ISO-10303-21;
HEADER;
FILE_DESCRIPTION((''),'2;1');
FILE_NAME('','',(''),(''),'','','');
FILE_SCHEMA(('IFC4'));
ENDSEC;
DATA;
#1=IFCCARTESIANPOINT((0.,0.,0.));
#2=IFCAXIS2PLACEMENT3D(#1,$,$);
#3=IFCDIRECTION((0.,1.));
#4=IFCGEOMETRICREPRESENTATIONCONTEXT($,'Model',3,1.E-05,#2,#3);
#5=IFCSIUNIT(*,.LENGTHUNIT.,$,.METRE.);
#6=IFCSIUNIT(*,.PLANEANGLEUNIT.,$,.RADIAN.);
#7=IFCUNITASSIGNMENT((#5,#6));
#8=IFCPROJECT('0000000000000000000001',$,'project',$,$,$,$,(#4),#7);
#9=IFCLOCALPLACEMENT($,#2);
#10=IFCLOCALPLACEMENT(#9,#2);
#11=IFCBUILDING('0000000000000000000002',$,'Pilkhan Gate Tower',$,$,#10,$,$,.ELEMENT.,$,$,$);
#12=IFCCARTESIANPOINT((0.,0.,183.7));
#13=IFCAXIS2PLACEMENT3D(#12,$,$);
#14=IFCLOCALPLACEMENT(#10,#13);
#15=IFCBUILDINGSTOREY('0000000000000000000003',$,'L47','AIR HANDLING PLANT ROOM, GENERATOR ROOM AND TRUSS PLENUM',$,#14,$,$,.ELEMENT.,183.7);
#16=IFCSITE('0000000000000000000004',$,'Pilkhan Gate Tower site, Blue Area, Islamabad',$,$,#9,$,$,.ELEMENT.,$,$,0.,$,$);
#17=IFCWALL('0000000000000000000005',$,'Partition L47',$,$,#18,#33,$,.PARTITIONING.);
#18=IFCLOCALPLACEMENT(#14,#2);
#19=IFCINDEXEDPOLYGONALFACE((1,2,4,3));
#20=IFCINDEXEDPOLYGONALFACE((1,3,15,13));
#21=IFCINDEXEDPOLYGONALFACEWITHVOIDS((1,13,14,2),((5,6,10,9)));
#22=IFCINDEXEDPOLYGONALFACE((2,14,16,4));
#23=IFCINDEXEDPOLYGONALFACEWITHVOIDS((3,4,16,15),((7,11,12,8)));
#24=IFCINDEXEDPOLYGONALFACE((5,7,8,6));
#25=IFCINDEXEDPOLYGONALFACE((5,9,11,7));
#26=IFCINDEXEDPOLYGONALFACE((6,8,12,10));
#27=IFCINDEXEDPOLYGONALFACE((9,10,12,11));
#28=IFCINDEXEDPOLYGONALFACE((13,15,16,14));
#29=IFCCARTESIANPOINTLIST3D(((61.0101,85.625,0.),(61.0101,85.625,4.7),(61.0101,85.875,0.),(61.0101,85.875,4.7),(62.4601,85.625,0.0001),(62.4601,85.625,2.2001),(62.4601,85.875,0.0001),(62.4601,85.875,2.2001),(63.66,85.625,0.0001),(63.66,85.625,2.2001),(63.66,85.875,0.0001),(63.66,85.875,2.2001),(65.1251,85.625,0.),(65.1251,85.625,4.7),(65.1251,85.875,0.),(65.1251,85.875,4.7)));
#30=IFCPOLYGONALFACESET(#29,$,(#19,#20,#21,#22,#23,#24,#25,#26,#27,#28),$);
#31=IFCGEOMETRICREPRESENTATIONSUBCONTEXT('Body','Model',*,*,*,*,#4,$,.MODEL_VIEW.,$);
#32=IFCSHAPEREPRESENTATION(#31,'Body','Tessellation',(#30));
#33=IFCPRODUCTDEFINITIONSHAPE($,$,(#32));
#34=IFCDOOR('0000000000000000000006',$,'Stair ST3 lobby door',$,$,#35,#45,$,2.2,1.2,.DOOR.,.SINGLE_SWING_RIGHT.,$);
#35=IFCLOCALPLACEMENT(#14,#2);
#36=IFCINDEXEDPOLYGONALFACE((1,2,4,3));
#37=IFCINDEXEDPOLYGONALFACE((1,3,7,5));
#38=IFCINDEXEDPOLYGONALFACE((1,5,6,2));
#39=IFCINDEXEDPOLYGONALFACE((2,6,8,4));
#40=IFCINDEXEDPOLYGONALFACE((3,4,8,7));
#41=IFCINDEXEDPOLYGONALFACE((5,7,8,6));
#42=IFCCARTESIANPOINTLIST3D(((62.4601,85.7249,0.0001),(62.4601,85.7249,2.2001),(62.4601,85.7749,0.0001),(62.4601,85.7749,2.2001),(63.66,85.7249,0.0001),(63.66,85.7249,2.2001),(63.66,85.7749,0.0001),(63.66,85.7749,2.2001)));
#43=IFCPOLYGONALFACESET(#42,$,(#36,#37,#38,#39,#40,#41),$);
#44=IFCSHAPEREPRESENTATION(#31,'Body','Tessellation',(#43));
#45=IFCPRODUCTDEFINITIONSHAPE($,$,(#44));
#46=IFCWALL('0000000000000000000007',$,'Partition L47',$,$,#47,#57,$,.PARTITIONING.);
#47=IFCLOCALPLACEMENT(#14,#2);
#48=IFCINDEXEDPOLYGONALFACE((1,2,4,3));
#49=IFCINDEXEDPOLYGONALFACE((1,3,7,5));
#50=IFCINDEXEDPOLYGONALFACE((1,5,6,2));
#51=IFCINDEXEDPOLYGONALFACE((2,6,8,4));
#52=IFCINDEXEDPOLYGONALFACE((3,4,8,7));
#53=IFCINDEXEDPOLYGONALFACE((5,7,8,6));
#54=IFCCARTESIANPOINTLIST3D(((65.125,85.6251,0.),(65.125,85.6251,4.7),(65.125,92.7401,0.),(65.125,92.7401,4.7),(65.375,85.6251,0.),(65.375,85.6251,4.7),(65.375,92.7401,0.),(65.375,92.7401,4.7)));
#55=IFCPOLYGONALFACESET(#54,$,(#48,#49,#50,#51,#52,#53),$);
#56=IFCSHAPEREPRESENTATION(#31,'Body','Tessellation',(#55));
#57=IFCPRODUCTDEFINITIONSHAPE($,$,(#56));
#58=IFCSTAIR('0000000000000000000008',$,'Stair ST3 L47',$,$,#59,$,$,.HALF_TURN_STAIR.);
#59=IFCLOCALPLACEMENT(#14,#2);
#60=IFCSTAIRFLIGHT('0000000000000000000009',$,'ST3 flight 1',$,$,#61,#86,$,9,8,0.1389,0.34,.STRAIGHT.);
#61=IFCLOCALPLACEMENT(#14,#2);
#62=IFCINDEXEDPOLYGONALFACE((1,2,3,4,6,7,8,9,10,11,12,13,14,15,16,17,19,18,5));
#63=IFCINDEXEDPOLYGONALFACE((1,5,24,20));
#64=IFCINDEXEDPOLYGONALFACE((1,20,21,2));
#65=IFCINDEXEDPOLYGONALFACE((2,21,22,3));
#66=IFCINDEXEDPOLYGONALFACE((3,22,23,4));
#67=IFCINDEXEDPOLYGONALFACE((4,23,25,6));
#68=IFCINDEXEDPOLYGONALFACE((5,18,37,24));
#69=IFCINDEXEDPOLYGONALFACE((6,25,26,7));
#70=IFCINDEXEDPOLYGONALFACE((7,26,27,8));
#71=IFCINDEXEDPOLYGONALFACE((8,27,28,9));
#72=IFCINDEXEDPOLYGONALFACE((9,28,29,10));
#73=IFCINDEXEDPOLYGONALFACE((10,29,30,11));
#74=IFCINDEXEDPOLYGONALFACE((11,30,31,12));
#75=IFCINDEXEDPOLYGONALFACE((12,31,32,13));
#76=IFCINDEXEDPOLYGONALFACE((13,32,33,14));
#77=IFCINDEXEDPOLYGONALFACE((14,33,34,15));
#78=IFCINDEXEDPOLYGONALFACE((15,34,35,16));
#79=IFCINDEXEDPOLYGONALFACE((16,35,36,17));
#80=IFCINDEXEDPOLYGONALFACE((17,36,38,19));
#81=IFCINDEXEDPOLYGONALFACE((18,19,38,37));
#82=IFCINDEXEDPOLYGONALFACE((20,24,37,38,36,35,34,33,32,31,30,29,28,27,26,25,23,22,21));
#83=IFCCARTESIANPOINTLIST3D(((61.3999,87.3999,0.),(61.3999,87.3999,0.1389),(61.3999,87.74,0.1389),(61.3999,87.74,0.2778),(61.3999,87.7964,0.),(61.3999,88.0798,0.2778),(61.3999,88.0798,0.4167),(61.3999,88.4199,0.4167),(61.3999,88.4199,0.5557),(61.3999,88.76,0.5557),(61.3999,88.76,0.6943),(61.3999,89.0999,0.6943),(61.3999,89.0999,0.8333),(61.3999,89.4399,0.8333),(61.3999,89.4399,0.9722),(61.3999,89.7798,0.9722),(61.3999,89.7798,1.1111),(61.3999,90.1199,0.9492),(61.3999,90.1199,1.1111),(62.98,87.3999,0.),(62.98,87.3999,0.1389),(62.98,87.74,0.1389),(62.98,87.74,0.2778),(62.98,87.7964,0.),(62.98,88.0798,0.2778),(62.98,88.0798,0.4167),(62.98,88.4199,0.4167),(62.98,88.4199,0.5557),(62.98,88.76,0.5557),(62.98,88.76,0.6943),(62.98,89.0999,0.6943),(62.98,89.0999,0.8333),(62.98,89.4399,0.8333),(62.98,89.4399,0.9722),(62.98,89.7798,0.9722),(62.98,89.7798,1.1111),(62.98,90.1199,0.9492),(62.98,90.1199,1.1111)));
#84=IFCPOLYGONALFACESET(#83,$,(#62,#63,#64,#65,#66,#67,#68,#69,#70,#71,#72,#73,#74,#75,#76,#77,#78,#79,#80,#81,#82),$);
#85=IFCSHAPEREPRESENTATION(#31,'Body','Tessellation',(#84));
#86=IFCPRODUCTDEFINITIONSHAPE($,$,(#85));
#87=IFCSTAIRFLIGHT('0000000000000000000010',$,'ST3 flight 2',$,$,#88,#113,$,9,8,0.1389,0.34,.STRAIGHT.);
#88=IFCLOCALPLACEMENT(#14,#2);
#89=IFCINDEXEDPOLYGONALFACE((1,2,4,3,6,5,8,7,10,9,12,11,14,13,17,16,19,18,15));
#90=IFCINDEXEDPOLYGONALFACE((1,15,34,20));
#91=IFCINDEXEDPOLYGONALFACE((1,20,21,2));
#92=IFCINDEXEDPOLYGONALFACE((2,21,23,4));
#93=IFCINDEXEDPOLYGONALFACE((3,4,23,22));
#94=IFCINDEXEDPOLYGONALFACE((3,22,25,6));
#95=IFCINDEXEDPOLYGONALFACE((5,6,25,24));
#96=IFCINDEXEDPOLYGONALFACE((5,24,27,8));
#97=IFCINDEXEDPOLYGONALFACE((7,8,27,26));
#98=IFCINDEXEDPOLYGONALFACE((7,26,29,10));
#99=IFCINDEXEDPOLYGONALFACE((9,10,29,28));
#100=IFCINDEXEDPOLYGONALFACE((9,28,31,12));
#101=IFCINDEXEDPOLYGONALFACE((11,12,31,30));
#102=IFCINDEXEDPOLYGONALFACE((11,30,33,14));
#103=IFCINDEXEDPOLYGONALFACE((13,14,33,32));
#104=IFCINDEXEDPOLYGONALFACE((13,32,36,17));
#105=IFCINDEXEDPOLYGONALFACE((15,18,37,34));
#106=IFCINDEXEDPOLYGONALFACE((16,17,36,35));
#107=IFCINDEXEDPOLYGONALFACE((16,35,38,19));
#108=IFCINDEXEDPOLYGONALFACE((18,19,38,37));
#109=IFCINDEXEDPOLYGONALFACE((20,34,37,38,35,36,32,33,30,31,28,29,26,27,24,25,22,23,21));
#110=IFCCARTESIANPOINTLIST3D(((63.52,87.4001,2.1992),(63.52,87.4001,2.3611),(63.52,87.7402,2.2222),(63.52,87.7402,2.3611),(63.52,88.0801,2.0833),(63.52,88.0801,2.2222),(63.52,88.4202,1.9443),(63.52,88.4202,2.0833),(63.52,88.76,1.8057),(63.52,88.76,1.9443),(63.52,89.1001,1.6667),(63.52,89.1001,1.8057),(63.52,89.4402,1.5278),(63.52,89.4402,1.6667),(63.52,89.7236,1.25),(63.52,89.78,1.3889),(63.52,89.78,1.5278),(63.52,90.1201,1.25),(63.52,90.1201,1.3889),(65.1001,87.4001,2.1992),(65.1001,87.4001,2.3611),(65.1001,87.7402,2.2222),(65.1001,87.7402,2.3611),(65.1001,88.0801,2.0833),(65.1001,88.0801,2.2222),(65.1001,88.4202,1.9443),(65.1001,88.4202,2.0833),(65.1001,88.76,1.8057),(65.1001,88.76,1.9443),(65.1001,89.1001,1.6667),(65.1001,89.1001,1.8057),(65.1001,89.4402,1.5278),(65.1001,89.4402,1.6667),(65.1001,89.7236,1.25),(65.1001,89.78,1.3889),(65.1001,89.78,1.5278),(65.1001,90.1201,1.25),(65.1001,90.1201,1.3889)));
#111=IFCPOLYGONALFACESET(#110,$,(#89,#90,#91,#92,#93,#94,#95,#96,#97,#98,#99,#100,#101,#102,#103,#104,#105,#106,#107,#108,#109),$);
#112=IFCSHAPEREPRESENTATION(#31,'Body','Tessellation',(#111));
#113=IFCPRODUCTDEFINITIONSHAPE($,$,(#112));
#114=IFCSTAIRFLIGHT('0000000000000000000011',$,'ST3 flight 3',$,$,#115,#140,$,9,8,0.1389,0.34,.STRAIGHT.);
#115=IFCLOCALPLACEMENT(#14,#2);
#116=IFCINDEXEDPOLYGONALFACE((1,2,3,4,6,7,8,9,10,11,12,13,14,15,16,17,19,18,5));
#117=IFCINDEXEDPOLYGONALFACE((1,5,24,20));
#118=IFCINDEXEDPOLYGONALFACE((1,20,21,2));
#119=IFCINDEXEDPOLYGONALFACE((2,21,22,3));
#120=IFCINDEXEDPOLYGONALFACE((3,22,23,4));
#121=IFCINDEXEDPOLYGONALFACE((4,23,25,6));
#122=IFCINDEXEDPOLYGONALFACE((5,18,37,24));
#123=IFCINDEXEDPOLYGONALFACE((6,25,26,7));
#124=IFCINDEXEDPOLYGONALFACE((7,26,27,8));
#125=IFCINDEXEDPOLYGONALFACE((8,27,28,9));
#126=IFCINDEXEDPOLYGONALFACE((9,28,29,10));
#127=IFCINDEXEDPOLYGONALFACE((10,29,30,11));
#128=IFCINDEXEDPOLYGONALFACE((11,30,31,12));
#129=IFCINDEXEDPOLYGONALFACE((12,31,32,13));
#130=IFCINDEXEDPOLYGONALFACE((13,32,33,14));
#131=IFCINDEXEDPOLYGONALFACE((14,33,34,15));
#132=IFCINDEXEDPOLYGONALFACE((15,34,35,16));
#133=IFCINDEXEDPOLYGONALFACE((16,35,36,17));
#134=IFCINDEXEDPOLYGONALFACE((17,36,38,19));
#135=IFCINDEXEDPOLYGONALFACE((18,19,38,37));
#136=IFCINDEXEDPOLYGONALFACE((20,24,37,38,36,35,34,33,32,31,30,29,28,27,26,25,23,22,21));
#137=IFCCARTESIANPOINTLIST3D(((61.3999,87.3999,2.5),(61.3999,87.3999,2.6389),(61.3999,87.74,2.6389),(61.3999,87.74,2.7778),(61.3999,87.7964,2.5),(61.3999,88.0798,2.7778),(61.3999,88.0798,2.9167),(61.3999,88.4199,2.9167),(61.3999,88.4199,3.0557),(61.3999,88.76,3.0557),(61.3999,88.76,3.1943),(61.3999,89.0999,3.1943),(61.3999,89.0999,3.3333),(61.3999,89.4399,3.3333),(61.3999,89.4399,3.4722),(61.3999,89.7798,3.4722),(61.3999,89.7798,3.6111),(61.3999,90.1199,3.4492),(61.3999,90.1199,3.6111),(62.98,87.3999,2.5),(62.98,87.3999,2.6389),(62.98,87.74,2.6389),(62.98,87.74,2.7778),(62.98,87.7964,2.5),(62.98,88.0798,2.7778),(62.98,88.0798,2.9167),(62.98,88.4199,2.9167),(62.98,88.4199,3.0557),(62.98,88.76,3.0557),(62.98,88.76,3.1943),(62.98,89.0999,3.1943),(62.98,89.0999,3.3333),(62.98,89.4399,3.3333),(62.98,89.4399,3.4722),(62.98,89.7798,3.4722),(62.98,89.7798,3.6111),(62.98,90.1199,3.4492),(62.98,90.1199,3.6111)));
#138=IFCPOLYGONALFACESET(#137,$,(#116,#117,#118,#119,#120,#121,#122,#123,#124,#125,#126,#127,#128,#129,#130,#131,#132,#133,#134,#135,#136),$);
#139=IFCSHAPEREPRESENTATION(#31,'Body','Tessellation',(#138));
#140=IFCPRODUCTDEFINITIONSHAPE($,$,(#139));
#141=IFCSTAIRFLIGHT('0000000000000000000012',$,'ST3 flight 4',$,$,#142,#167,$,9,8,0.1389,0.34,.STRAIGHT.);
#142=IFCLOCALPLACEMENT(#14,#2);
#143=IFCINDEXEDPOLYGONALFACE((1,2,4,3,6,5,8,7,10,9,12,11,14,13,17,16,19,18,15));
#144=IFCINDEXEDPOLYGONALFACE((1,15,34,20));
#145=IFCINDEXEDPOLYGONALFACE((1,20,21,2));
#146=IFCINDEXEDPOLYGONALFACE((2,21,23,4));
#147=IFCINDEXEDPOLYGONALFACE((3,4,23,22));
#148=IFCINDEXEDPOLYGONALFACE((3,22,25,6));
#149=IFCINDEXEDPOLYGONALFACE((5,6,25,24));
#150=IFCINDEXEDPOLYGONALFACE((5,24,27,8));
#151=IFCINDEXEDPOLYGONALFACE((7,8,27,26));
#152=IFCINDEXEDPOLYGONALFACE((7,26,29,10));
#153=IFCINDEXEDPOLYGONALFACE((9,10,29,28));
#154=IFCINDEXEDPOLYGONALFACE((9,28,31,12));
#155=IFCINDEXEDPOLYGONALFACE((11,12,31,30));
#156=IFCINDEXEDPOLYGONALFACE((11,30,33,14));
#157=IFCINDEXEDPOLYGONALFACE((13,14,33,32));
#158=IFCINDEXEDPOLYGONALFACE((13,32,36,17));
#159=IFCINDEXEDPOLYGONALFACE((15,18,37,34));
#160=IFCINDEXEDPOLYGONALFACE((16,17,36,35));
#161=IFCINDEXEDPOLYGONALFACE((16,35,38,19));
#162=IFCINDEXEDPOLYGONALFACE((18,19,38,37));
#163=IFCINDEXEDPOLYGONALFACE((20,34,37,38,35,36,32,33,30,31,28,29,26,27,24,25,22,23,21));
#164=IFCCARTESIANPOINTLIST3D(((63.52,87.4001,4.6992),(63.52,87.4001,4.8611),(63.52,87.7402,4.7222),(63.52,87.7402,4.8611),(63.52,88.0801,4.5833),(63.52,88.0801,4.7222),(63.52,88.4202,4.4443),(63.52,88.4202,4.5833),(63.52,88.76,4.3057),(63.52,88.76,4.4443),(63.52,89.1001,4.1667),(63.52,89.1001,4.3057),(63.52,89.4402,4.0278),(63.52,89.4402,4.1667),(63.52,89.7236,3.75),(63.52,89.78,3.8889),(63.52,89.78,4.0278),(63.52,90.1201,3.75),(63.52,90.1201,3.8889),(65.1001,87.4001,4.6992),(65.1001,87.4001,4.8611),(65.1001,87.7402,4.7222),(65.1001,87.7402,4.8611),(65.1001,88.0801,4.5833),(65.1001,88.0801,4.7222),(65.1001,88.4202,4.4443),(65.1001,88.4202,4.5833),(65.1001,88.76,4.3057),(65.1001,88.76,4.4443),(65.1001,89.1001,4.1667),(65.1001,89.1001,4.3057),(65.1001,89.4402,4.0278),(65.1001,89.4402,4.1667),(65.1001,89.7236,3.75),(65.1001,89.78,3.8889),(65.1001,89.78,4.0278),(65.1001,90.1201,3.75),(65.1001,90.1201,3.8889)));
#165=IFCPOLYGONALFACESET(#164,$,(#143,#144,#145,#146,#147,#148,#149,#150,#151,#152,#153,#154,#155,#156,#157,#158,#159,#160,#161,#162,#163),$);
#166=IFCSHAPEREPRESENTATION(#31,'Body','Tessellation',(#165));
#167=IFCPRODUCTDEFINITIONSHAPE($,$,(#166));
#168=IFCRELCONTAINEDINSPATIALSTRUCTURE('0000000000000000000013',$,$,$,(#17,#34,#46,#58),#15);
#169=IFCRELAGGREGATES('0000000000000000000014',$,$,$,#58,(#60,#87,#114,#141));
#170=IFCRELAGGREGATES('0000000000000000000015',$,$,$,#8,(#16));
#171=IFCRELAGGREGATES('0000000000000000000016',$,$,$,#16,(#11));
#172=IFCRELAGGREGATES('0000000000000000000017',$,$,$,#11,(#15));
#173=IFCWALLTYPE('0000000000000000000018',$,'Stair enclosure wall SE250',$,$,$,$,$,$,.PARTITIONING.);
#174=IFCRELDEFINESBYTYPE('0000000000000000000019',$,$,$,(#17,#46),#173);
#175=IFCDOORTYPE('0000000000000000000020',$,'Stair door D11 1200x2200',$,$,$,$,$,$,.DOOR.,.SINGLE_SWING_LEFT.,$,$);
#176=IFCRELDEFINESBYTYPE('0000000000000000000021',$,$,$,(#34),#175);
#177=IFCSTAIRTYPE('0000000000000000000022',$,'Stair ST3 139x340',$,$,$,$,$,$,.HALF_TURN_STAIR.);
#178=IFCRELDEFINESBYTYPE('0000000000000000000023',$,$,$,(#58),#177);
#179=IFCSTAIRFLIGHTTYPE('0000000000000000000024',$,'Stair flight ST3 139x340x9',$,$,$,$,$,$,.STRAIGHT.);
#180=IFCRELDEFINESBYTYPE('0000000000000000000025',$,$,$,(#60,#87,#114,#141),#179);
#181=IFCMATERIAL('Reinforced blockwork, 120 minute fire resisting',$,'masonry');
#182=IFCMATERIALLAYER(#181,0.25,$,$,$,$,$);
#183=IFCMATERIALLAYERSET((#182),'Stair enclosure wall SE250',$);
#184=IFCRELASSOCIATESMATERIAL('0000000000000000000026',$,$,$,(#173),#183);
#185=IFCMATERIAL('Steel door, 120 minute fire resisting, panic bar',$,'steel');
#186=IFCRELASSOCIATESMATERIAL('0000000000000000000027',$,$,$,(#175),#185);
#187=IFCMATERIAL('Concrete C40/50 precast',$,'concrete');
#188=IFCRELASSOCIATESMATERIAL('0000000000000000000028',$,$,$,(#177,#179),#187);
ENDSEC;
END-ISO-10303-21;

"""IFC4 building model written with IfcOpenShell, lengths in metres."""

from ifc_helpers import new_model, si_unit, direction, frame, frame_2d, origin, place, context, subcontext, project, spatial, polyline, rectangle, outline, extrude, material, layer, layer_set, type_object, element, fill, aggregate, save


model = new_model("IFC4")

# Units and contexts
model_context = context("Model", 3, precision=1e-05, world=origin(), true_north=direction((0.0, 1.0)))
body_context = subcontext(model_context, "Body", "Model", "MODEL_VIEW")
ifc_project = project(units=[si_unit("LENGTHUNIT", "METRE"), si_unit("PLANEANGLEUNIT", "RADIAN")], contexts=[model_context])

# Site, building, storey
site_placement = place(None, origin())
site = spatial("IfcSite", under=ifc_project, at=site_placement, Name="Pilkhan Gate Tower site, Blue Area, Islamabad", CompositionType="ELEMENT", RefElevation=0.0)
building_placement = place(site_placement, origin())
building = spatial("IfcBuilding", under=site, at=building_placement, Name="Pilkhan Gate Tower", CompositionType="ELEMENT")
storey_placement = place(building_placement, frame((0.0, 0.0, 183.7)))
storey = spatial("IfcBuildingStorey", under=building, at=storey_placement, Name="L47", Description="AIR HANDLING PLANT ROOM, GENERATOR ROOM AND TRUSS PLENUM", CompositionType="ELEMENT", Elevation=183.7)

# Wall, opening, door
ifc_material_1 = material(Name="Reinforced blockwork, 120 minute fire resisting", Category="masonry")
ifc_layer_1 = layer(ifc_material_1, 0.25)
ifc_layer_set_1 = layer_set([ifc_layer_1], Name="Stair enclosure wall SE250")
wall_type_1 = type_object("IfcWallType", Name="Stair enclosure wall SE250", PredefinedType="PARTITIONING", material=ifc_layer_set_1)
wall_1_placement = place(storey_placement, frame((61.01, 85.75, 0.0), z_axis=(0.0, 0.0, 1.0), x_axis=(1.0, 0.0, 0.0)))
wall_1 = element("IfcWall", 1, at=wall_1_placement, inside=storey, type_object=wall_type_1, Name="Partition L47", PredefinedType="PARTITIONING", context=body_context, shape_type="SweptSolid", body=[
    extrude(rectangle(XDim=4.115, YDim=0.25, at=frame_2d((2.0576, 0.0))), origin(), (0.0, 0.0, 1.0), 4.7),
])
opening_1_placement = place(wall_1_placement, frame((1.45, 0.0, 0.0)))
opening_1 = element("IfcOpeningElement", 2, at=opening_1_placement, cuts=wall_1, PredefinedType="OPENING", context=body_context, shape_type="SweptSolid", body=[
    extrude(rectangle(XDim=1.2, YDim=2.2, at=frame_2d((0.6001, 1.1001))), frame((0.0, 0.135, 0.0), z_axis=(0.0, -1.0, 0.0), x_axis=(1.0, 0.0, 0.0)), (0.0, 0.0, 1.0), 0.27),
])
ifc_material_2 = material(Name="Steel door, 120 minute fire resisting, panic bar", Category="steel")
door_type_1 = type_object("IfcDoorType", Name="Stair door D11 1200x2200", OperationType="SINGLE_SWING_LEFT", PredefinedType="DOOR", material=ifc_material_2)
door_1_placement = place(opening_1_placement, origin())
door_1 = element("IfcDoor", 3, at=door_1_placement, inside=storey, type_object=door_type_1, Name="Stair ST3 lobby door", OperationType="SINGLE_SWING_RIGHT", OverallHeight=2.2, OverallWidth=1.2, PredefinedType="DOOR", context=body_context, shape_type="SweptSolid", body=[
    extrude(rectangle(XDim=1.2, YDim=2.2, at=frame_2d((0.6001, 1.1001))), frame((0.0, 0.0249, 0.0), z_axis=(0.0, -1.0, 0.0), x_axis=(1.0, 0.0, 0.0)), (0.0, 0.0, 1.0), 0.05),
])
fill(opening_1, door_1)

# Wall
wall_2_placement = place(storey_placement, frame((65.25, 85.625, 0.0), z_axis=(0.0, 0.0, 1.0), x_axis=(0.0, 1.0, 0.0)))
element("IfcWall", 4, at=wall_2_placement, inside=storey, type_object=wall_type_1, Name="Partition L47", PredefinedType="PARTITIONING", context=body_context, shape_type="SweptSolid", body=[
    extrude(rectangle(XDim=7.115, YDim=0.25, at=frame_2d((3.5576, 0.0))), origin(), (0.0, 0.0, 1.0), 4.7),
])

# Stair, stair flights
ifc_material_3 = material(Name="Concrete C40/50 precast", Category="concrete")
stair_type = type_object("IfcStairType", Name="Stair ST3 139x340", PredefinedType="HALF_TURN_STAIR", material=ifc_material_3)
stair_placement = place(storey_placement, origin())
stair = element("IfcStair", 5, at=stair_placement, inside=storey, type_object=stair_type, Name="Stair ST3 L47", PredefinedType="HALF_TURN_STAIR")
stair_flight_type = type_object("IfcStairFlightType", Name="Stair flight ST3 139x340x9", PredefinedType="STRAIGHT", material=ifc_material_3)
stair_flight_1_placement = place(storey_placement, frame((62.1899, 87.3999, 0.0), z_axis=(0.0, 0.0, 1.0), x_axis=(0.0, 1.0, 0.0)))
stair_flight_1 = element("IfcStairFlight", 6, at=stair_flight_1_placement, type_object=stair_flight_type, Name="ST3 flight 1", NumberOfRisers=9, NumberOfTreads=8, PredefinedType="STRAIGHT", RiserHeight=0.1389, TreadLength=0.34, context=body_context, shape_type="SweptSolid", body=[
    extrude(outline(polyline([(0.0, 0.0), (0.0, 0.1389), (0.3401, 0.1389), (0.3401, 0.2778), (0.6799, 0.2778), (0.6799, 0.4167), (1.02, 0.4167), (1.02, 0.5557), (1.3601, 0.5557), (1.3601, 0.6943), (1.7, 0.6943), (1.7, 0.8333), (2.04, 0.8333), (2.04, 0.9722), (2.3799, 0.9722), (2.3799, 1.1111), (2.72, 1.1111), (2.72, 1.25), (2.72, 0.9492), (0.3965, 0.0), (0.0, 0.0)])), frame((0.0, 0.79, 0.0), z_axis=(0.0, -1.0, 0.0), x_axis=(1.0, 0.0, 0.0)), (0.0, 0.0, 1.0), 1.5801),
])
stair_flight_2_placement = place(storey_placement, frame((64.3101, 90.1201, 1.25), z_axis=(0.0, 0.0, 1.0), x_axis=(0.0, -1.0, 0.0)))
stair_flight_2 = element("IfcStairFlight", 7, at=stair_flight_2_placement, type_object=stair_flight_type, Name="ST3 flight 2", NumberOfRisers=9, NumberOfTreads=8, PredefinedType="STRAIGHT", RiserHeight=0.1389, TreadLength=0.34, context=body_context, shape_type="SweptSolid", body=[
    extrude(outline(polyline([(0.0, 0.0), (0.0, 0.1389), (0.3401, 0.1389), (0.3401, 0.2778), (0.6799, 0.2778), (0.6799, 0.4167), (1.02, 0.4167), (1.02, 0.5557), (1.3601, 0.5557), (1.3601, 0.6943), (1.7, 0.6943), (1.7, 0.8333), (2.04, 0.8333), (2.04, 0.9722), (2.3799, 0.9722), (2.3799, 1.1111), (2.72, 1.1111), (2.72, 1.25), (2.72, 0.9492), (0.3965, 0.0), (0.0, 0.0)])), frame((0.0, 0.79, 0.0), z_axis=(0.0, -1.0, 0.0), x_axis=(1.0, 0.0, 0.0)), (0.0, 0.0, 1.0), 1.5801),
])
stair_flight_3_placement = place(storey_placement, frame((62.1899, 87.3999, 2.5), z_axis=(0.0, 0.0, 1.0), x_axis=(0.0, 1.0, 0.0)))
stair_flight_3 = element("IfcStairFlight", 8, at=stair_flight_3_placement, type_object=stair_flight_type, Name="ST3 flight 3", NumberOfRisers=9, NumberOfTreads=8, PredefinedType="STRAIGHT", RiserHeight=0.1389, TreadLength=0.34, context=body_context, shape_type="SweptSolid", body=[
    extrude(outline(polyline([(0.0, 0.0), (0.0, 0.1389), (0.3401, 0.1389), (0.3401, 0.2778), (0.6799, 0.2778), (0.6799, 0.4167), (1.02, 0.4167), (1.02, 0.5557), (1.3601, 0.5557), (1.3601, 0.6943), (1.7, 0.6943), (1.7, 0.8333), (2.04, 0.8333), (2.04, 0.9722), (2.3799, 0.9722), (2.3799, 1.1111), (2.72, 1.1111), (2.72, 1.25), (2.72, 0.9492), (0.3965, 0.0), (0.0, 0.0)])), frame((0.0, 0.79, 0.0), z_axis=(0.0, -1.0, 0.0), x_axis=(1.0, 0.0, 0.0)), (0.0, 0.0, 1.0), 1.5801),
])
stair_flight_4_placement = place(storey_placement, frame((64.3101, 90.1201, 3.75), z_axis=(0.0, 0.0, 1.0), x_axis=(0.0, -1.0, 0.0)))
stair_flight_4 = element("IfcStairFlight", 9, at=stair_flight_4_placement, type_object=stair_flight_type, Name="ST3 flight 4", NumberOfRisers=9, NumberOfTreads=8, PredefinedType="STRAIGHT", RiserHeight=0.1389, TreadLength=0.34, context=body_context, shape_type="SweptSolid", body=[
    extrude(outline(polyline([(0.0, 0.0), (0.0, 0.1389), (0.3401, 0.1389), (0.3401, 0.2778), (0.6799, 0.2778), (0.6799, 0.4167), (1.02, 0.4167), (1.02, 0.5557), (1.3601, 0.5557), (1.3601, 0.6943), (1.7, 0.6943), (1.7, 0.8333), (2.04, 0.8333), (2.04, 0.9722), (2.3799, 0.9722), (2.3799, 1.1111), (2.72, 1.1111), (2.72, 1.25), (2.72, 0.9492), (0.3965, 0.0), (0.0, 0.0)])), frame((0.0, 0.79, 0.0), z_axis=(0.0, -1.0, 0.0), x_axis=(1.0, 0.0, 0.0)), (0.0, 0.0, 1.0), 1.5801),
])
aggregate(stair, [stair_flight_1, stair_flight_2, stair_flight_3, stair_flight_4])

save(model, "model.ifc")
